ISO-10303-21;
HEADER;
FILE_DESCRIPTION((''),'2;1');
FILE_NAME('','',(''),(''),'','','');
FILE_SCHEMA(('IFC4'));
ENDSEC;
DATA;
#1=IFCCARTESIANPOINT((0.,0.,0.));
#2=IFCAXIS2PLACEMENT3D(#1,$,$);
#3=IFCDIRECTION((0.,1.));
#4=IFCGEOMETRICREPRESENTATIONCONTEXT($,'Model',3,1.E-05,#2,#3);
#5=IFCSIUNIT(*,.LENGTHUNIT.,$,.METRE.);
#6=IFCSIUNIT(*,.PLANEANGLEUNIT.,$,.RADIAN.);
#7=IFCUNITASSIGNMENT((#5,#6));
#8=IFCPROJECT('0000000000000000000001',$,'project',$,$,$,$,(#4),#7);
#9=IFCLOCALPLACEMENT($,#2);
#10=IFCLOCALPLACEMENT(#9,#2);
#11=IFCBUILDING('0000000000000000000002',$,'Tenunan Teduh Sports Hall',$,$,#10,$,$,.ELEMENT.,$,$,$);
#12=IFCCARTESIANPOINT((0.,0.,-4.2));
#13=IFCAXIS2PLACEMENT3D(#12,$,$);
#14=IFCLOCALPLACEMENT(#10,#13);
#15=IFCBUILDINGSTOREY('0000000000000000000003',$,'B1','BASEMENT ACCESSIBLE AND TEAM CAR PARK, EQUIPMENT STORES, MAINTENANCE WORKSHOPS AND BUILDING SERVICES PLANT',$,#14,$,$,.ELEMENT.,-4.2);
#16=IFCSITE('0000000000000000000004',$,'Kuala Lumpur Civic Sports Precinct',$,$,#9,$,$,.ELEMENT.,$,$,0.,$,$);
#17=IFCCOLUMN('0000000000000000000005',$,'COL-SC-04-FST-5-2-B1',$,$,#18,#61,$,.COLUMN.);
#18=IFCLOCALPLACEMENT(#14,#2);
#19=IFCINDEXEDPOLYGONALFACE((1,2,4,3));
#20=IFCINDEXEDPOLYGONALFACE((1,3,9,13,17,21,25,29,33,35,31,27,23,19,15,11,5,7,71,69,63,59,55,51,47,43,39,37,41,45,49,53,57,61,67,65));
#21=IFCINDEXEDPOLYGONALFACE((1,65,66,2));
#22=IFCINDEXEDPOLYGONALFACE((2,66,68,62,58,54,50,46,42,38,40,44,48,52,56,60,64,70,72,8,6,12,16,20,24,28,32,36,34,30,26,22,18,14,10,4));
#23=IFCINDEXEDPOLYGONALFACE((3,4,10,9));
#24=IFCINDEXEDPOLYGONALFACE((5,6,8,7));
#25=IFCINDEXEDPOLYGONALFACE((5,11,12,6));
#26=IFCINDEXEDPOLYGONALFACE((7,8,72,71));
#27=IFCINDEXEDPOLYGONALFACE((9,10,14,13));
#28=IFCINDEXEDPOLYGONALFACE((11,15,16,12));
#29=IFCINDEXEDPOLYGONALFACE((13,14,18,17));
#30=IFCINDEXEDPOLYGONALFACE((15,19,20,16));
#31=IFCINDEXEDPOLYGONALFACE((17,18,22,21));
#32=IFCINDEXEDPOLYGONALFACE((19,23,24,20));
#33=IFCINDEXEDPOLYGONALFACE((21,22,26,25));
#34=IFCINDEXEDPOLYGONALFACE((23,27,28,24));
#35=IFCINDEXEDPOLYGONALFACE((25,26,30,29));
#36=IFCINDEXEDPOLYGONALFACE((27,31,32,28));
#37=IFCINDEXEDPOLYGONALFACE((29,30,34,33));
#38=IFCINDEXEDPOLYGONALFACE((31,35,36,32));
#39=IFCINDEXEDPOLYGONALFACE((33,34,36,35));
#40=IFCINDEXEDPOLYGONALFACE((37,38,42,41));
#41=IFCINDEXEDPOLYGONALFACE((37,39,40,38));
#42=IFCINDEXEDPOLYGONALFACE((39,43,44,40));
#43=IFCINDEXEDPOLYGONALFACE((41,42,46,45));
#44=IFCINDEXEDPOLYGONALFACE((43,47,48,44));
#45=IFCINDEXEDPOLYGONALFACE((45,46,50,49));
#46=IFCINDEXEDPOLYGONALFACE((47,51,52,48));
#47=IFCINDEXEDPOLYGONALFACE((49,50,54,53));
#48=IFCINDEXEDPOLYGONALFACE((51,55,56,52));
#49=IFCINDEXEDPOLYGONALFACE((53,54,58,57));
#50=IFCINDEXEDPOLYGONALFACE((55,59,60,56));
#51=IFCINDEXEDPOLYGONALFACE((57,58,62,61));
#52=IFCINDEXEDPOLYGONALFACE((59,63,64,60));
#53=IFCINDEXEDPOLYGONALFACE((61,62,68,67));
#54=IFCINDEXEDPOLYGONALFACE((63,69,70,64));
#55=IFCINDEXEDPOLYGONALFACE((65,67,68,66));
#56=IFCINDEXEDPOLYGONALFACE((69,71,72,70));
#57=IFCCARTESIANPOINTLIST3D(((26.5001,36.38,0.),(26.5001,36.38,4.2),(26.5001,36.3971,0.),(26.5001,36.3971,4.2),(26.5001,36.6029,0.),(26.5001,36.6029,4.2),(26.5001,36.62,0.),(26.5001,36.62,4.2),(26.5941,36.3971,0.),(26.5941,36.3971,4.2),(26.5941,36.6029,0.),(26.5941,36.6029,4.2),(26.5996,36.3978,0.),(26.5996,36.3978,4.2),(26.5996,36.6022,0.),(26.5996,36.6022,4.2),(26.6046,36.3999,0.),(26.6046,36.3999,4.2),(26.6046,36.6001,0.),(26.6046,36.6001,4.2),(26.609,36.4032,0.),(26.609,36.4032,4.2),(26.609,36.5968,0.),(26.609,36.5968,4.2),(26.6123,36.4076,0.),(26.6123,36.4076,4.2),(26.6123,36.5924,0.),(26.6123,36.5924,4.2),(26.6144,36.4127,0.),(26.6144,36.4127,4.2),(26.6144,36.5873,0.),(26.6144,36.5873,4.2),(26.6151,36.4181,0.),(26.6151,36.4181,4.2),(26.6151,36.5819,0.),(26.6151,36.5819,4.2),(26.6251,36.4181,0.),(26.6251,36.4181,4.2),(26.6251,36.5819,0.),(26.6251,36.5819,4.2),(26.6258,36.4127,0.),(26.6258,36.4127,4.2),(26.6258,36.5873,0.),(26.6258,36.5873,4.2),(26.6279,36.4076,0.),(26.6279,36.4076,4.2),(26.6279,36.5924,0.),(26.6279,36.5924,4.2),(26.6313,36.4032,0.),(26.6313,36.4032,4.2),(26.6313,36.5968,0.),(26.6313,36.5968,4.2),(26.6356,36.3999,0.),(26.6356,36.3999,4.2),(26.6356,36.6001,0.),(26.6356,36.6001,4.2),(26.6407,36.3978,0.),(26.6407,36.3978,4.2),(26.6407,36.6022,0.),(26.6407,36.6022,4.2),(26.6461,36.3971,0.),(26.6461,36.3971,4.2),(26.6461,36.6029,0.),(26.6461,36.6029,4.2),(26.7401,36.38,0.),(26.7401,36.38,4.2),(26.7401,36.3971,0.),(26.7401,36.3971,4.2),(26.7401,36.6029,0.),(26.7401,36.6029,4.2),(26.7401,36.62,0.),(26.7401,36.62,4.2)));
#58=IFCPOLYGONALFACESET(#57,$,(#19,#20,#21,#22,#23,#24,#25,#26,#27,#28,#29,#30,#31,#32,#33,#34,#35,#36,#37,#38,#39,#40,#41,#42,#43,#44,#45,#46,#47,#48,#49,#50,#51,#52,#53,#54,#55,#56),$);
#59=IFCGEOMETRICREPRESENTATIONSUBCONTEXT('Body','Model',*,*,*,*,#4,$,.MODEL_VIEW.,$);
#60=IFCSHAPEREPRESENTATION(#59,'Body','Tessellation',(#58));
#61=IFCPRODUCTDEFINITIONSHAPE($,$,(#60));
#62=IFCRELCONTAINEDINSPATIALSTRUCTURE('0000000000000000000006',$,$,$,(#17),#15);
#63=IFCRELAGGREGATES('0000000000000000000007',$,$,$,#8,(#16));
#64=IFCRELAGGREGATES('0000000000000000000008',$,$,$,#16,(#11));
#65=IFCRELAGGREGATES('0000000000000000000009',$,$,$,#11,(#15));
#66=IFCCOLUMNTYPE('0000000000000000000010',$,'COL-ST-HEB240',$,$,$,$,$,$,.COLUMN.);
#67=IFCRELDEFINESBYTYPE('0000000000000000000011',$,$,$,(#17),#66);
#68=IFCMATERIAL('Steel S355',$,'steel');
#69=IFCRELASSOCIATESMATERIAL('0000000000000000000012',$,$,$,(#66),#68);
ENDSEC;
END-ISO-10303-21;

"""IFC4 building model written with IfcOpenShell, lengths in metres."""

from ifc_helpers import new_model, si_unit, direction, frame, origin, origin_2d, place, context, subcontext, project, spatial, i_section, extrude, material, material_profile, profile_set, type_object, element, save


model = new_model("IFC4")

# Units and contexts
model_context = context("Model", 3, precision=1e-05, world=origin(), true_north=direction((0.0, 1.0)))
body_context = subcontext(model_context, "Body", "Model", "MODEL_VIEW")
ifc_project = project(units=[si_unit("LENGTHUNIT", "METRE"), si_unit("PLANEANGLEUNIT", "RADIAN")], contexts=[model_context])

# Site, building, storey
site_placement = place(None, origin())
site = spatial("IfcSite", under=ifc_project, at=site_placement, Name="Kuala Lumpur Civic Sports Precinct", CompositionType="ELEMENT", RefElevation=0.0)
building_placement = place(site_placement, origin())
building = spatial("IfcBuilding", under=site, at=building_placement, Name="Tenunan Teduh Sports Hall", CompositionType="ELEMENT")
storey_placement = place(building_placement, frame((0.0, 0.0, -4.2)))
storey = spatial("IfcBuildingStorey", under=building, at=storey_placement, Name="B1", Description="BASEMENT ACCESSIBLE AND TEAM CAR PARK, EQUIPMENT STORES, MAINTENANCE WORKSHOPS AND BUILDING SERVICES PLANT", CompositionType="ELEMENT", Elevation=-4.2)

# Column
ifc_material_1 = material(Name="Steel S355", Category="steel")
ifc_material_profile_1 = material_profile(ifc_material_1, i_section(OverallWidth=0.24, OverallDepth=0.24, WebThickness=0.01, FlangeThickness=0.0171, FilletRadius=0.021, at=origin_2d()), Name="HEB 240")
ifc_profile_set_1 = profile_set([ifc_material_profile_1], Name="Steel S355")
column_type_1 = type_object("IfcColumnType", Name="COL-ST-HEB240", PredefinedType="COLUMN", material=ifc_profile_set_1)
for number, where, z_axis, x_axis, name in (
    (1, (26.6201, 36.5, 0.0), (0.0, 0.0, 1.0), (1.0, 0.0, 0.0), "COL-SC-04-FST-5-2-B1"),
):
    element("IfcColumn", number, at=place(storey_placement, frame(where, z_axis=z_axis, x_axis=x_axis)), inside=storey, type_object=column_type_1, Name=name, PredefinedType="COLUMN", context=body_context, shape_type="SweptSolid", body=[
        extrude(i_section(OverallWidth=0.24, OverallDepth=0.24, WebThickness=0.01, FlangeThickness=0.0171, FilletRadius=0.021, at=origin_2d()), origin(), (0.0, 0.0, 1.0), 4.2),
    ])

save(model, "model.ifc")
